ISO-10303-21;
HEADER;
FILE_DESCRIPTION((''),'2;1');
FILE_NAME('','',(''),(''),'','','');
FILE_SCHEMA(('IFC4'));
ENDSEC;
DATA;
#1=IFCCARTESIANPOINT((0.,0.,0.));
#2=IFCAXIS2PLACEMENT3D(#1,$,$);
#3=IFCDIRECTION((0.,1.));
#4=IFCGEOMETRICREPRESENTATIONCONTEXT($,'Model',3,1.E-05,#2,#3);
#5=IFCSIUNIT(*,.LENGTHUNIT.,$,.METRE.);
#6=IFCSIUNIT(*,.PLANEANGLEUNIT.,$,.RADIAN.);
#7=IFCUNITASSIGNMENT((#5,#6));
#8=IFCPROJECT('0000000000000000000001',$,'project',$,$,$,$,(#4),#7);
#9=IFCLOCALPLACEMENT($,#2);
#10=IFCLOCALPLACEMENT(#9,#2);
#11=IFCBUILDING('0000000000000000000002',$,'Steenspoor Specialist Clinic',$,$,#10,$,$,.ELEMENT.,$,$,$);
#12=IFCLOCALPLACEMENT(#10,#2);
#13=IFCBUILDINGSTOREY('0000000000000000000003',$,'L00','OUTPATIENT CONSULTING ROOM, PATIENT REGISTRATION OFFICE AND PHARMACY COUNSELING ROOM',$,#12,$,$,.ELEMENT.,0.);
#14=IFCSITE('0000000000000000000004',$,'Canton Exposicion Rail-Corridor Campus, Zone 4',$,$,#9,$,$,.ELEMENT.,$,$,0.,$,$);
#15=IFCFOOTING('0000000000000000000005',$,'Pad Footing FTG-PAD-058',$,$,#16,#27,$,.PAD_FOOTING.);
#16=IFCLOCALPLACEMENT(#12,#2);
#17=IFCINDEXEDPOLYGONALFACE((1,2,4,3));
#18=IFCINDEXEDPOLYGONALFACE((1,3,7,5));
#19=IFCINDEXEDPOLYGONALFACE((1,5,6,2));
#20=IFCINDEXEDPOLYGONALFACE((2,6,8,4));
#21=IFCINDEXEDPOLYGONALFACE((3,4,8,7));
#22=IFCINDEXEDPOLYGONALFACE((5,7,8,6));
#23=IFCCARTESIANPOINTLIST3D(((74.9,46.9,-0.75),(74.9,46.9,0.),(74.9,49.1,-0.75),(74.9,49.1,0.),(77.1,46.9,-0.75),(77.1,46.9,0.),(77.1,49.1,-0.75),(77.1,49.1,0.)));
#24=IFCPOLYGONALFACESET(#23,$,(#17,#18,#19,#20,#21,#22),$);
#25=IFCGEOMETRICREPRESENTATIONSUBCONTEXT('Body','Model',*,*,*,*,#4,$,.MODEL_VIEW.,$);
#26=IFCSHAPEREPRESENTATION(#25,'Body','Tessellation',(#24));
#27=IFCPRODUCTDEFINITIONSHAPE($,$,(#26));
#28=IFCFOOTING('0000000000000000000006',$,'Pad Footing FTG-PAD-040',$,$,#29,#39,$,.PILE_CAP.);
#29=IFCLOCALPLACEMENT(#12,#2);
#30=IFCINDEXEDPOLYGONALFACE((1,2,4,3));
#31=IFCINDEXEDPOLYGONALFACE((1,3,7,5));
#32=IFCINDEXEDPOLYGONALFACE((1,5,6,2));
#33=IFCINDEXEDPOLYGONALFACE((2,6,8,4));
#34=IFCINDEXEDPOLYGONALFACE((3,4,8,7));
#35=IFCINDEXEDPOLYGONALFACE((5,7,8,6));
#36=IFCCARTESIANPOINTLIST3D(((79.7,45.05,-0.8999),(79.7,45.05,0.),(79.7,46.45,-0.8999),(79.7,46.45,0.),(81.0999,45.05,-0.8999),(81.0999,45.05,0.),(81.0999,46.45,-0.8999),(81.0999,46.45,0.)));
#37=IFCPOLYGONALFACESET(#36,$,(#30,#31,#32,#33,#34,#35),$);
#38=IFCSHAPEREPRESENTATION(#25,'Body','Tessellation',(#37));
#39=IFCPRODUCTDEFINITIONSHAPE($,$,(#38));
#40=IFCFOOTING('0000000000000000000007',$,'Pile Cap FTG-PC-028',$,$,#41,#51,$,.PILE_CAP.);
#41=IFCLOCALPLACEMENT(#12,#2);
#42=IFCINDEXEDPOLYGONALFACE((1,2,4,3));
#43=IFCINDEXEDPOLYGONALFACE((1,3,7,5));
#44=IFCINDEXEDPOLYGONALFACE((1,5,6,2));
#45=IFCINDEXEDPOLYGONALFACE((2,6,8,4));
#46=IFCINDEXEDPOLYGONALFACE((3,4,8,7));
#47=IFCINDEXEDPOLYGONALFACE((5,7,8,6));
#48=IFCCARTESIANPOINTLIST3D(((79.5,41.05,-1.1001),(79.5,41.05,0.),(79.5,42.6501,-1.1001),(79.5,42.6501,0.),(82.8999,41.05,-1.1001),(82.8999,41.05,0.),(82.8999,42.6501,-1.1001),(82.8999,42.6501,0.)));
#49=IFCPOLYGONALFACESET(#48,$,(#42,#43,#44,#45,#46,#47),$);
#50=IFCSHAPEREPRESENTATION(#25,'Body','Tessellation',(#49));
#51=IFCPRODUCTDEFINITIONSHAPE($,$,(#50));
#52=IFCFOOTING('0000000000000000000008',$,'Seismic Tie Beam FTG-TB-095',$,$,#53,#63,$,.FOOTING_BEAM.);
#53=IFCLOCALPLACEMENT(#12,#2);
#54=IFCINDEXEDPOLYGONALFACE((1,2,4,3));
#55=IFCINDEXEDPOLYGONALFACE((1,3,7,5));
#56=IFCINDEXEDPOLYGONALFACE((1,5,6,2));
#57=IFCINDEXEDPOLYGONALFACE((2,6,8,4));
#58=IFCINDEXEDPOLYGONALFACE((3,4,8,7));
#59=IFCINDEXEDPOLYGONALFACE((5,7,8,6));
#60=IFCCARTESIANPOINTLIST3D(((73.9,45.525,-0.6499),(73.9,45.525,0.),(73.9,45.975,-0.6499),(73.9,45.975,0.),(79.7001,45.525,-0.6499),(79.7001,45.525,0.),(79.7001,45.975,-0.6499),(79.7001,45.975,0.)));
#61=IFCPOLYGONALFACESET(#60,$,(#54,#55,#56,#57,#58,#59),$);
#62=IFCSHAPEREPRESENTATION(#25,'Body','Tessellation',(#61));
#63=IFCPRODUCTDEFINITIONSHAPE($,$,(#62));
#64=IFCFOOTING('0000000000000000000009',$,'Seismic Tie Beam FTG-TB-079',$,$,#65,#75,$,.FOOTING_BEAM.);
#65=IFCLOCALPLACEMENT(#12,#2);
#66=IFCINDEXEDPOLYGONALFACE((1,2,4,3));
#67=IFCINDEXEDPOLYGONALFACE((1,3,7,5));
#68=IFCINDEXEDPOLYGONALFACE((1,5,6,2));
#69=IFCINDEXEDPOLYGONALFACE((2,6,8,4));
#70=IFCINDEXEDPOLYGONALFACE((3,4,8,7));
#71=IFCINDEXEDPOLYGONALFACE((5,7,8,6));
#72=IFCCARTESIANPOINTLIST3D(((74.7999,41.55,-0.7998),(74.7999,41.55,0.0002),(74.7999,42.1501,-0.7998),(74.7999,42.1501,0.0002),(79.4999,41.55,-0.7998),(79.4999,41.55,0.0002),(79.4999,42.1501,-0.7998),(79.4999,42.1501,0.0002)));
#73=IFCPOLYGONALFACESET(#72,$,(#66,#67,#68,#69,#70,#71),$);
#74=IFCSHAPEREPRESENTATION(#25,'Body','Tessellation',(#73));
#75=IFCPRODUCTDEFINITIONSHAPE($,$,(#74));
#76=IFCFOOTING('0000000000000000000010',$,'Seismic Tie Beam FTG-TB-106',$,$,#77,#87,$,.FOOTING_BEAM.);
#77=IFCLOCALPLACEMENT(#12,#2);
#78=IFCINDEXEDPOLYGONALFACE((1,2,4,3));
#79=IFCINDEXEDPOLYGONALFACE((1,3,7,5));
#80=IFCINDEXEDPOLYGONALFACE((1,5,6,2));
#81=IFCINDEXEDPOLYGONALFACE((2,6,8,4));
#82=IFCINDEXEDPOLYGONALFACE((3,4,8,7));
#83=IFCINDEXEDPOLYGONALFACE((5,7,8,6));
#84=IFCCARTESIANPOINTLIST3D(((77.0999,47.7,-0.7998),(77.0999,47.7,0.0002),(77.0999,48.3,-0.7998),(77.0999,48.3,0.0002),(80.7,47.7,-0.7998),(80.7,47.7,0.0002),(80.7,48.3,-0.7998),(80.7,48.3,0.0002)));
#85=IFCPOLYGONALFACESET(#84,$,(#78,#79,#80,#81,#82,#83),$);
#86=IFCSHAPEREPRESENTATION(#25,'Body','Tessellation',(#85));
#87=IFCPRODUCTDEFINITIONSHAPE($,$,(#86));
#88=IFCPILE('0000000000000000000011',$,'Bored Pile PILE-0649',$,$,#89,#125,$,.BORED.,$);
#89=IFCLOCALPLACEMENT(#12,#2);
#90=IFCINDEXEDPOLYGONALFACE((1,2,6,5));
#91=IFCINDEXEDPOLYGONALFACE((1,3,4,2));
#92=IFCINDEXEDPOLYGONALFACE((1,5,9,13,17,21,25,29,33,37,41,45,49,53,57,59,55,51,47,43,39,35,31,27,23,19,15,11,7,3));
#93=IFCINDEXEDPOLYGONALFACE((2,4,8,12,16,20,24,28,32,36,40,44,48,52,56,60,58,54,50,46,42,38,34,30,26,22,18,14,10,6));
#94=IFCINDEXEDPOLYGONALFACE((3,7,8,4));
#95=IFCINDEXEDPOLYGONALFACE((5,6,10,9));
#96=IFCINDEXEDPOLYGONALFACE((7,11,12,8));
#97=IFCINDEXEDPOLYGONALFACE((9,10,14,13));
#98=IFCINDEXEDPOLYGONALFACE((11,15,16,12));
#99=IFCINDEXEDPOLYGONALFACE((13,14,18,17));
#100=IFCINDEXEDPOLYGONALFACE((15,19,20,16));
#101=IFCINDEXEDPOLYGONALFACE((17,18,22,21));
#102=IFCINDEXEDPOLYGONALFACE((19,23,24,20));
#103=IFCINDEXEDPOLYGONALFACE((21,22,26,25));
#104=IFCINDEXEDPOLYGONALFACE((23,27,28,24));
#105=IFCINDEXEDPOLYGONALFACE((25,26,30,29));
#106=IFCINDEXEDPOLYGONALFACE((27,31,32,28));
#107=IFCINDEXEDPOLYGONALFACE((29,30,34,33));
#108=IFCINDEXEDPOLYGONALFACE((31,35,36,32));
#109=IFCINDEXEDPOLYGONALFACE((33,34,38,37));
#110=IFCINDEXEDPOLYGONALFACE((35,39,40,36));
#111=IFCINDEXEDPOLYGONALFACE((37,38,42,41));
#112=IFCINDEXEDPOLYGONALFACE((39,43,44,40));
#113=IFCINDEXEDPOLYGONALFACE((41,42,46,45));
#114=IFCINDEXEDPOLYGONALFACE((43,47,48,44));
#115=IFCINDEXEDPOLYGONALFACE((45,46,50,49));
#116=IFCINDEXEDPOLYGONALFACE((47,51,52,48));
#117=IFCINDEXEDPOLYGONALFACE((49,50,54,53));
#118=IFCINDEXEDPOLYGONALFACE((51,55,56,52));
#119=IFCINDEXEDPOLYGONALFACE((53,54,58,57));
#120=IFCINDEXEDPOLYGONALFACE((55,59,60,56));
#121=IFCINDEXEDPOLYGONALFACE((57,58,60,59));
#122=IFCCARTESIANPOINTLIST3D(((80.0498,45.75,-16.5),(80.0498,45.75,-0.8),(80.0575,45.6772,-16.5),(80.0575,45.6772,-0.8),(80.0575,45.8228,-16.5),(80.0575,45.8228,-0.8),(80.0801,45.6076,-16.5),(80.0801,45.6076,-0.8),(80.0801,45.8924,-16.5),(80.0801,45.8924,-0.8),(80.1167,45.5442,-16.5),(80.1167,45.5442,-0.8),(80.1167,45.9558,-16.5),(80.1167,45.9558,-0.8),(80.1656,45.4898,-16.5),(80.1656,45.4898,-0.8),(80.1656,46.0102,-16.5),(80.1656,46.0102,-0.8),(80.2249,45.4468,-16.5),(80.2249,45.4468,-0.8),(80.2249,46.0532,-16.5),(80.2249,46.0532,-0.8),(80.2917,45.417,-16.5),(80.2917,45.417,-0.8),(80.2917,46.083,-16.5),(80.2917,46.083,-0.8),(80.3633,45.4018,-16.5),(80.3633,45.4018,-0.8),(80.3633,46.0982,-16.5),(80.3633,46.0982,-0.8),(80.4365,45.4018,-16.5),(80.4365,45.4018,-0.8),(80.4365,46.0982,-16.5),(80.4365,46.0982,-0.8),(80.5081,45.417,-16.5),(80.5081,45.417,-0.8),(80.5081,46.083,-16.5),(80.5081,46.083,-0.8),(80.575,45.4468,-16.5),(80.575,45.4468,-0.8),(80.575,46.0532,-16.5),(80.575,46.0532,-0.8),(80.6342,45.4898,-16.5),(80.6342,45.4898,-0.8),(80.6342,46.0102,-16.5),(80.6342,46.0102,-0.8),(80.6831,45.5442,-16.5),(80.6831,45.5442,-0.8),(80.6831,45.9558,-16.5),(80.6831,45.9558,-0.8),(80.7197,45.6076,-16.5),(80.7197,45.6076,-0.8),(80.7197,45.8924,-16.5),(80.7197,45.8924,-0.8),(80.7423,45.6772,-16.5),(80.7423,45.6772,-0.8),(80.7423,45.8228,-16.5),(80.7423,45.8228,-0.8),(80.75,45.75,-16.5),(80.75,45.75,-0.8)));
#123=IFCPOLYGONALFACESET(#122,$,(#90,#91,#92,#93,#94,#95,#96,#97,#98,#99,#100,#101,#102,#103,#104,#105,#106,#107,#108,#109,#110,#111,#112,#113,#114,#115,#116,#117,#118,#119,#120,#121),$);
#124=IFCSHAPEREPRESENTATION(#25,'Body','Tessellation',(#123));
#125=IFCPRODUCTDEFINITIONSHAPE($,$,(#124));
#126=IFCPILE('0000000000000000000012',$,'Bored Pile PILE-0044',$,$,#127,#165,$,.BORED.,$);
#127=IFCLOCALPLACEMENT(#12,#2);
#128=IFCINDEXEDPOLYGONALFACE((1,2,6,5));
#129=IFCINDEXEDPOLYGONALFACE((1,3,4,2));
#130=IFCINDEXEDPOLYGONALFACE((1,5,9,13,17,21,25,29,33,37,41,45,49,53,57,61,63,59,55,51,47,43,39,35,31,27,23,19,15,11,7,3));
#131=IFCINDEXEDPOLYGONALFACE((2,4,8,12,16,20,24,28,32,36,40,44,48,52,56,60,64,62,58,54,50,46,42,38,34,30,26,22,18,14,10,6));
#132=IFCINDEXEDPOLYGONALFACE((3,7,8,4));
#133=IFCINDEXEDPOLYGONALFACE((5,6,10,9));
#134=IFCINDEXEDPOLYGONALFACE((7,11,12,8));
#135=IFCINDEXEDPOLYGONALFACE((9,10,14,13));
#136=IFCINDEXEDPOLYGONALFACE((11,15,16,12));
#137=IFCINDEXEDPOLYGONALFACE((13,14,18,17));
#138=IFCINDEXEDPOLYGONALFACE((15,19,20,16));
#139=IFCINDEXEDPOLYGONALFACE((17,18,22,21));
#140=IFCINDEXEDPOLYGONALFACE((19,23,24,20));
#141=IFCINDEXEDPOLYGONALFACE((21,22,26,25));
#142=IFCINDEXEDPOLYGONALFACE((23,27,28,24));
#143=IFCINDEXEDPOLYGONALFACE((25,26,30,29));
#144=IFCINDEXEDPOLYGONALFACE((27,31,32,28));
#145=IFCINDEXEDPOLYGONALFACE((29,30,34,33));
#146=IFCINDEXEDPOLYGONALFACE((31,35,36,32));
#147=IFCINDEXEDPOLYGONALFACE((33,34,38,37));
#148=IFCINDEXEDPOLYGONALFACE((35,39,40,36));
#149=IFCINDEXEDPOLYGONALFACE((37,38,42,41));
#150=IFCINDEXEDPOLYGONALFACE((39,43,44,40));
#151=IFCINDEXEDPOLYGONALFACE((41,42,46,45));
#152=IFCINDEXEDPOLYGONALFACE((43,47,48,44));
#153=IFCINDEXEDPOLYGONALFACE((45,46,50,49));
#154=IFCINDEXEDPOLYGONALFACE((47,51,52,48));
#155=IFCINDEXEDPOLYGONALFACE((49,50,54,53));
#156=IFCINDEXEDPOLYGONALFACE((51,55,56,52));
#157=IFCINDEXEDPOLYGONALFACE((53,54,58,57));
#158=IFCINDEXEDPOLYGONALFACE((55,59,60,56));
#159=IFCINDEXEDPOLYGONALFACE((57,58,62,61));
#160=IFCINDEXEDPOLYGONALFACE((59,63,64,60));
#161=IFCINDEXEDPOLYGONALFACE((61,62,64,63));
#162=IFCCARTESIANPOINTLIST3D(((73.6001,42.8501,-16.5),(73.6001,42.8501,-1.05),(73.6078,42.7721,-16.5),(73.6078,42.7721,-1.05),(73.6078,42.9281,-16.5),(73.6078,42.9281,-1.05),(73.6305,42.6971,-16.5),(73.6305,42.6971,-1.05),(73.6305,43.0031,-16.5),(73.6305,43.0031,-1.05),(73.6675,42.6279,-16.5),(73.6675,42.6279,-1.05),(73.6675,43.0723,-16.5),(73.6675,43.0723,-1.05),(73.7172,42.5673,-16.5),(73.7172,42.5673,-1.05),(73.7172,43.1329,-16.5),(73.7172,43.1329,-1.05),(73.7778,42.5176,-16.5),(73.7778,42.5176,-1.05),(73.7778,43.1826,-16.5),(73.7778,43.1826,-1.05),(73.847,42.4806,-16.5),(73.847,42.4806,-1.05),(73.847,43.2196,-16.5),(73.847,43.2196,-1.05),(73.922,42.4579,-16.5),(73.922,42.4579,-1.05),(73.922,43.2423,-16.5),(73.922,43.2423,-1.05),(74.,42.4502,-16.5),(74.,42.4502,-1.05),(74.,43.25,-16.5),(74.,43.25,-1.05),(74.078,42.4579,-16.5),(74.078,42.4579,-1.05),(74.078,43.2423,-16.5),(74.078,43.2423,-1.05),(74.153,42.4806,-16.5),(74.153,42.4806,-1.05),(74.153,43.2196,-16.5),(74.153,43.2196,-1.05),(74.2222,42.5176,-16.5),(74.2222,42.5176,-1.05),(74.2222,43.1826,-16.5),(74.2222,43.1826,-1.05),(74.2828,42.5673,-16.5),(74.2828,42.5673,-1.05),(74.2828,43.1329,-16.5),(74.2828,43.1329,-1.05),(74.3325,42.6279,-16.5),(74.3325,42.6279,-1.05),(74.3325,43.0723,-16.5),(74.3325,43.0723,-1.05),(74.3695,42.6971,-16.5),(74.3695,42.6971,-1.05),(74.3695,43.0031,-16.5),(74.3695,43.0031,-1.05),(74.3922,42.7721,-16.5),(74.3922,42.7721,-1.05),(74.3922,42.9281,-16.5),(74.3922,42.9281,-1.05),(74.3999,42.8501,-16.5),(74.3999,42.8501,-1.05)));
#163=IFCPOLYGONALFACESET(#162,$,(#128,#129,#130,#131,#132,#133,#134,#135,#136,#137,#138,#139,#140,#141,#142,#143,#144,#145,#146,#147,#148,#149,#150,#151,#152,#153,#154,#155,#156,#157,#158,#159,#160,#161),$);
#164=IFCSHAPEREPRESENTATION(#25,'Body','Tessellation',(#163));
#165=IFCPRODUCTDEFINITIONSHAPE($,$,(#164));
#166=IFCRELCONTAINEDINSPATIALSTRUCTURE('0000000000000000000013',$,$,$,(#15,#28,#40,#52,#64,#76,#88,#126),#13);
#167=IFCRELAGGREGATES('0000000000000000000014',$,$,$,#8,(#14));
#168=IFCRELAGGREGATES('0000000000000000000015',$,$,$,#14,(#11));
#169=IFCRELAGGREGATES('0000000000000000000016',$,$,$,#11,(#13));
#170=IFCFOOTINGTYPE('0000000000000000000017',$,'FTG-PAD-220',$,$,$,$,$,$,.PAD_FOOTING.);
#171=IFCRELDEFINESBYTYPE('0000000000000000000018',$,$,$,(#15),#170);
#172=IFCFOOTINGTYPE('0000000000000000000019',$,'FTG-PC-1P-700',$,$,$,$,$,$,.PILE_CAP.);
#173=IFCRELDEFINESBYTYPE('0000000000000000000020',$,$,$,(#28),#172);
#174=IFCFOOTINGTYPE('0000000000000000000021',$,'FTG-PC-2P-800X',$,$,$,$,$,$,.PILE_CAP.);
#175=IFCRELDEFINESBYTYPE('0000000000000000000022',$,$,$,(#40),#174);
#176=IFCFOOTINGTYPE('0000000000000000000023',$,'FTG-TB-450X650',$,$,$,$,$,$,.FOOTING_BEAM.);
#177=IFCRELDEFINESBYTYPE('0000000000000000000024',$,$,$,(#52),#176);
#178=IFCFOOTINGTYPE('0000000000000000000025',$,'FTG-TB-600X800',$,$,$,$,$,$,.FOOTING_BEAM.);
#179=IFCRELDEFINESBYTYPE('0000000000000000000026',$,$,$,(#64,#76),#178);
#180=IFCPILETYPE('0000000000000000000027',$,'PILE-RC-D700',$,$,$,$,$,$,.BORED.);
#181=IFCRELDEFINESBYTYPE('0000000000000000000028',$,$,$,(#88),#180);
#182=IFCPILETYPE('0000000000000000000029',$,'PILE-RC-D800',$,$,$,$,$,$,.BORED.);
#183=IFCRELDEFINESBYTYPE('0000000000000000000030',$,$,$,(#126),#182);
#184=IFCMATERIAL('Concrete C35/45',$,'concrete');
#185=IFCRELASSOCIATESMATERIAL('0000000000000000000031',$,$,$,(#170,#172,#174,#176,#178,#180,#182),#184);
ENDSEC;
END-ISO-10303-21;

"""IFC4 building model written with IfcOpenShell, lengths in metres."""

from ifc_helpers import new_model, si_unit, direction, frame, origin, origin_2d, place, context, subcontext, project, spatial, rectangle, circle, extrude, material, material_profile, profile_set, type_object, element, save


model = new_model("IFC4")

# Units and contexts
model_context = context("Model", 3, precision=1e-05, world=origin(), true_north=direction((0.0, 1.0)))
body_context = subcontext(model_context, "Body", "Model", "MODEL_VIEW")
ifc_project = project(units=[si_unit("LENGTHUNIT", "METRE"), si_unit("PLANEANGLEUNIT", "RADIAN")], contexts=[model_context])

# Site, building, storey
site_placement = place(None, origin())
site = spatial("IfcSite", under=ifc_project, at=site_placement, Name="Canton Exposicion Rail-Corridor Campus, Zone 4", CompositionType="ELEMENT", RefElevation=0.0)
building_placement = place(site_placement, origin())
building = spatial("IfcBuilding", under=site, at=building_placement, Name="Steenspoor Specialist Clinic", CompositionType="ELEMENT")
storey_placement = place(building_placement, origin())
storey = spatial("IfcBuildingStorey", under=building, at=storey_placement, Name="L00", Description="OUTPATIENT CONSULTING ROOM, PATIENT REGISTRATION OFFICE AND PHARMACY COUNSELING ROOM", CompositionType="ELEMENT", Elevation=0.0)

# Footings
ifc_material_1 = material(Name="Concrete C35/45", Category="concrete")
footing_type_1 = type_object("IfcFootingType", Name="FTG-PAD-220", PredefinedType="PAD_FOOTING", material=ifc_material_1)
footing_1_placement = place(storey_placement, frame((76.0, 48.0, -0.75), z_axis=(0.0, 0.0, 1.0), x_axis=(1.0, 0.0, 0.0)))
element("IfcFooting", 1, at=footing_1_placement, inside=storey, type_object=footing_type_1, Name="Pad Footing FTG-PAD-058", PredefinedType="PAD_FOOTING", context=body_context, shape_type="SweptSolid", body=[
    extrude(rectangle(XDim=2.2, YDim=2.2, at=origin_2d()), origin(), (0.0, 0.0, 1.0), 0.75),
])
footing_type_2 = type_object("IfcFootingType", Name="FTG-PC-1P-700", PredefinedType="PILE_CAP", material=ifc_material_1)
footing_2_placement = place(storey_placement, frame((80.3999, 45.75, -0.8999), z_axis=(0.0, 0.0, 1.0), x_axis=(1.0, 0.0, 0.0)))
element("IfcFooting", 2, at=footing_2_placement, inside=storey, type_object=footing_type_2, Name="Pad Footing FTG-PAD-040", PredefinedType="PILE_CAP", context=body_context, shape_type="SweptSolid", body=[
    extrude(rectangle(XDim=1.3999, YDim=1.3999, at=origin_2d()), origin(), (0.0, 0.0, 1.0), 0.8999),
])
footing_type_3 = type_object("IfcFootingType", Name="FTG-PC-2P-800X", PredefinedType="PILE_CAP", material=ifc_material_1)
footing_3_placement = place(storey_placement, frame((81.2, 41.8501, -1.1001), z_axis=(0.0, 0.0, 1.0), x_axis=(1.0, 0.0, 0.0)))
element("IfcFooting", 3, at=footing_3_placement, inside=storey, type_object=footing_type_3, Name="Pile Cap FTG-PC-028", PredefinedType="PILE_CAP", context=body_context, shape_type="SweptSolid", body=[
    extrude(rectangle(XDim=3.3999, YDim=1.6001, at=origin_2d()), origin(), (0.0, 0.0, 1.0), 1.1001),
])
footing_type_4 = type_object("IfcFootingType", Name="FTG-TB-450X650", PredefinedType="FOOTING_BEAM", material=ifc_material_1)
footing_4_placement = place(storey_placement, frame((76.8, 45.75, -0.6499), z_axis=(0.0, 0.0, 1.0), x_axis=(1.0, 0.0, 0.0)))
element("IfcFooting", 4, at=footing_4_placement, inside=storey, type_object=footing_type_4, Name="Seismic Tie Beam FTG-TB-095", PredefinedType="FOOTING_BEAM", context=body_context, shape_type="SweptSolid", body=[
    extrude(rectangle(XDim=5.8, YDim=0.45, at=origin_2d()), origin(), (0.0, 0.0, 1.0), 0.6499),
])
footing_type_5 = type_object("IfcFootingType", Name="FTG-TB-600X800", PredefinedType="FOOTING_BEAM", material=ifc_material_1)
footing_5_placement = place(storey_placement, frame((77.1499, 41.8501, -0.7998), z_axis=(0.0, 0.0, 1.0), x_axis=(1.0, 0.0, 0.0)))
element("IfcFooting", 5, at=footing_5_placement, inside=storey, type_object=footing_type_5, Name="Seismic Tie Beam FTG-TB-079", PredefinedType="FOOTING_BEAM", context=body_context, shape_type="SweptSolid", body=[
    extrude(rectangle(XDim=4.7, YDim=0.6001, at=origin_2d()), origin(), (0.0, 0.0, 1.0), 0.8),
])
footing_6_placement = place(storey_placement, frame((78.8999, 48.0, -0.7998), z_axis=(0.0, 0.0, 1.0), x_axis=(1.0, 0.0, 0.0)))
element("IfcFooting", 6, at=footing_6_placement, inside=storey, type_object=footing_type_5, Name="Seismic Tie Beam FTG-TB-106", PredefinedType="FOOTING_BEAM", context=body_context, shape_type="SweptSolid", body=[
    extrude(rectangle(XDim=3.6001, YDim=0.6001, at=origin_2d()), origin(), (0.0, 0.0, 1.0), 0.8),
])

# Piles
ifc_material_profile_1 = material_profile(ifc_material_1, circle(Radius=0.3501, at=origin_2d()), Name="PILE-D700")
ifc_profile_set_1 = profile_set([ifc_material_profile_1], Name="Concrete C35/45")
pile_type_1 = type_object("IfcPileType", Name="PILE-RC-D700", PredefinedType="BORED", material=ifc_profile_set_1)
pile_1_placement = place(storey_placement, frame((80.3999, 45.75, -0.8), z_axis=(0.0, 0.0, -1.0), x_axis=(1.0, 0.0, 0.0)))
element("IfcPile", 7, at=pile_1_placement, inside=storey, type_object=pile_type_1, Name="Bored Pile PILE-0649", PredefinedType="BORED", context=body_context, shape_type="SweptSolid", body=[
    extrude(circle(Radius=0.3501, at=origin_2d()), origin(), (0.0, 0.0, 1.0), 15.7),
])
ifc_material_profile_2 = material_profile(ifc_material_1, circle(Radius=0.3999, at=origin_2d()), Name="PILE-D800")
ifc_profile_set_2 = profile_set([ifc_material_profile_2], Name="Concrete C35/45")
pile_type_2 = type_object("IfcPileType", Name="PILE-RC-D800", PredefinedType="BORED", material=ifc_profile_set_2)
pile_2_placement = place(storey_placement, frame((74.0, 42.8501, -1.05), z_axis=(0.0, 0.0, -1.0), x_axis=(1.0, 0.0, 0.0)))
element("IfcPile", 8, at=pile_2_placement, inside=storey, type_object=pile_type_2, Name="Bored Pile PILE-0044", PredefinedType="BORED", context=body_context, shape_type="SweptSolid", body=[
    extrude(circle(Radius=0.3999, at=origin_2d()), origin(), (0.0, 0.0, 1.0), 15.45),
])

save(model, "model.ifc")
